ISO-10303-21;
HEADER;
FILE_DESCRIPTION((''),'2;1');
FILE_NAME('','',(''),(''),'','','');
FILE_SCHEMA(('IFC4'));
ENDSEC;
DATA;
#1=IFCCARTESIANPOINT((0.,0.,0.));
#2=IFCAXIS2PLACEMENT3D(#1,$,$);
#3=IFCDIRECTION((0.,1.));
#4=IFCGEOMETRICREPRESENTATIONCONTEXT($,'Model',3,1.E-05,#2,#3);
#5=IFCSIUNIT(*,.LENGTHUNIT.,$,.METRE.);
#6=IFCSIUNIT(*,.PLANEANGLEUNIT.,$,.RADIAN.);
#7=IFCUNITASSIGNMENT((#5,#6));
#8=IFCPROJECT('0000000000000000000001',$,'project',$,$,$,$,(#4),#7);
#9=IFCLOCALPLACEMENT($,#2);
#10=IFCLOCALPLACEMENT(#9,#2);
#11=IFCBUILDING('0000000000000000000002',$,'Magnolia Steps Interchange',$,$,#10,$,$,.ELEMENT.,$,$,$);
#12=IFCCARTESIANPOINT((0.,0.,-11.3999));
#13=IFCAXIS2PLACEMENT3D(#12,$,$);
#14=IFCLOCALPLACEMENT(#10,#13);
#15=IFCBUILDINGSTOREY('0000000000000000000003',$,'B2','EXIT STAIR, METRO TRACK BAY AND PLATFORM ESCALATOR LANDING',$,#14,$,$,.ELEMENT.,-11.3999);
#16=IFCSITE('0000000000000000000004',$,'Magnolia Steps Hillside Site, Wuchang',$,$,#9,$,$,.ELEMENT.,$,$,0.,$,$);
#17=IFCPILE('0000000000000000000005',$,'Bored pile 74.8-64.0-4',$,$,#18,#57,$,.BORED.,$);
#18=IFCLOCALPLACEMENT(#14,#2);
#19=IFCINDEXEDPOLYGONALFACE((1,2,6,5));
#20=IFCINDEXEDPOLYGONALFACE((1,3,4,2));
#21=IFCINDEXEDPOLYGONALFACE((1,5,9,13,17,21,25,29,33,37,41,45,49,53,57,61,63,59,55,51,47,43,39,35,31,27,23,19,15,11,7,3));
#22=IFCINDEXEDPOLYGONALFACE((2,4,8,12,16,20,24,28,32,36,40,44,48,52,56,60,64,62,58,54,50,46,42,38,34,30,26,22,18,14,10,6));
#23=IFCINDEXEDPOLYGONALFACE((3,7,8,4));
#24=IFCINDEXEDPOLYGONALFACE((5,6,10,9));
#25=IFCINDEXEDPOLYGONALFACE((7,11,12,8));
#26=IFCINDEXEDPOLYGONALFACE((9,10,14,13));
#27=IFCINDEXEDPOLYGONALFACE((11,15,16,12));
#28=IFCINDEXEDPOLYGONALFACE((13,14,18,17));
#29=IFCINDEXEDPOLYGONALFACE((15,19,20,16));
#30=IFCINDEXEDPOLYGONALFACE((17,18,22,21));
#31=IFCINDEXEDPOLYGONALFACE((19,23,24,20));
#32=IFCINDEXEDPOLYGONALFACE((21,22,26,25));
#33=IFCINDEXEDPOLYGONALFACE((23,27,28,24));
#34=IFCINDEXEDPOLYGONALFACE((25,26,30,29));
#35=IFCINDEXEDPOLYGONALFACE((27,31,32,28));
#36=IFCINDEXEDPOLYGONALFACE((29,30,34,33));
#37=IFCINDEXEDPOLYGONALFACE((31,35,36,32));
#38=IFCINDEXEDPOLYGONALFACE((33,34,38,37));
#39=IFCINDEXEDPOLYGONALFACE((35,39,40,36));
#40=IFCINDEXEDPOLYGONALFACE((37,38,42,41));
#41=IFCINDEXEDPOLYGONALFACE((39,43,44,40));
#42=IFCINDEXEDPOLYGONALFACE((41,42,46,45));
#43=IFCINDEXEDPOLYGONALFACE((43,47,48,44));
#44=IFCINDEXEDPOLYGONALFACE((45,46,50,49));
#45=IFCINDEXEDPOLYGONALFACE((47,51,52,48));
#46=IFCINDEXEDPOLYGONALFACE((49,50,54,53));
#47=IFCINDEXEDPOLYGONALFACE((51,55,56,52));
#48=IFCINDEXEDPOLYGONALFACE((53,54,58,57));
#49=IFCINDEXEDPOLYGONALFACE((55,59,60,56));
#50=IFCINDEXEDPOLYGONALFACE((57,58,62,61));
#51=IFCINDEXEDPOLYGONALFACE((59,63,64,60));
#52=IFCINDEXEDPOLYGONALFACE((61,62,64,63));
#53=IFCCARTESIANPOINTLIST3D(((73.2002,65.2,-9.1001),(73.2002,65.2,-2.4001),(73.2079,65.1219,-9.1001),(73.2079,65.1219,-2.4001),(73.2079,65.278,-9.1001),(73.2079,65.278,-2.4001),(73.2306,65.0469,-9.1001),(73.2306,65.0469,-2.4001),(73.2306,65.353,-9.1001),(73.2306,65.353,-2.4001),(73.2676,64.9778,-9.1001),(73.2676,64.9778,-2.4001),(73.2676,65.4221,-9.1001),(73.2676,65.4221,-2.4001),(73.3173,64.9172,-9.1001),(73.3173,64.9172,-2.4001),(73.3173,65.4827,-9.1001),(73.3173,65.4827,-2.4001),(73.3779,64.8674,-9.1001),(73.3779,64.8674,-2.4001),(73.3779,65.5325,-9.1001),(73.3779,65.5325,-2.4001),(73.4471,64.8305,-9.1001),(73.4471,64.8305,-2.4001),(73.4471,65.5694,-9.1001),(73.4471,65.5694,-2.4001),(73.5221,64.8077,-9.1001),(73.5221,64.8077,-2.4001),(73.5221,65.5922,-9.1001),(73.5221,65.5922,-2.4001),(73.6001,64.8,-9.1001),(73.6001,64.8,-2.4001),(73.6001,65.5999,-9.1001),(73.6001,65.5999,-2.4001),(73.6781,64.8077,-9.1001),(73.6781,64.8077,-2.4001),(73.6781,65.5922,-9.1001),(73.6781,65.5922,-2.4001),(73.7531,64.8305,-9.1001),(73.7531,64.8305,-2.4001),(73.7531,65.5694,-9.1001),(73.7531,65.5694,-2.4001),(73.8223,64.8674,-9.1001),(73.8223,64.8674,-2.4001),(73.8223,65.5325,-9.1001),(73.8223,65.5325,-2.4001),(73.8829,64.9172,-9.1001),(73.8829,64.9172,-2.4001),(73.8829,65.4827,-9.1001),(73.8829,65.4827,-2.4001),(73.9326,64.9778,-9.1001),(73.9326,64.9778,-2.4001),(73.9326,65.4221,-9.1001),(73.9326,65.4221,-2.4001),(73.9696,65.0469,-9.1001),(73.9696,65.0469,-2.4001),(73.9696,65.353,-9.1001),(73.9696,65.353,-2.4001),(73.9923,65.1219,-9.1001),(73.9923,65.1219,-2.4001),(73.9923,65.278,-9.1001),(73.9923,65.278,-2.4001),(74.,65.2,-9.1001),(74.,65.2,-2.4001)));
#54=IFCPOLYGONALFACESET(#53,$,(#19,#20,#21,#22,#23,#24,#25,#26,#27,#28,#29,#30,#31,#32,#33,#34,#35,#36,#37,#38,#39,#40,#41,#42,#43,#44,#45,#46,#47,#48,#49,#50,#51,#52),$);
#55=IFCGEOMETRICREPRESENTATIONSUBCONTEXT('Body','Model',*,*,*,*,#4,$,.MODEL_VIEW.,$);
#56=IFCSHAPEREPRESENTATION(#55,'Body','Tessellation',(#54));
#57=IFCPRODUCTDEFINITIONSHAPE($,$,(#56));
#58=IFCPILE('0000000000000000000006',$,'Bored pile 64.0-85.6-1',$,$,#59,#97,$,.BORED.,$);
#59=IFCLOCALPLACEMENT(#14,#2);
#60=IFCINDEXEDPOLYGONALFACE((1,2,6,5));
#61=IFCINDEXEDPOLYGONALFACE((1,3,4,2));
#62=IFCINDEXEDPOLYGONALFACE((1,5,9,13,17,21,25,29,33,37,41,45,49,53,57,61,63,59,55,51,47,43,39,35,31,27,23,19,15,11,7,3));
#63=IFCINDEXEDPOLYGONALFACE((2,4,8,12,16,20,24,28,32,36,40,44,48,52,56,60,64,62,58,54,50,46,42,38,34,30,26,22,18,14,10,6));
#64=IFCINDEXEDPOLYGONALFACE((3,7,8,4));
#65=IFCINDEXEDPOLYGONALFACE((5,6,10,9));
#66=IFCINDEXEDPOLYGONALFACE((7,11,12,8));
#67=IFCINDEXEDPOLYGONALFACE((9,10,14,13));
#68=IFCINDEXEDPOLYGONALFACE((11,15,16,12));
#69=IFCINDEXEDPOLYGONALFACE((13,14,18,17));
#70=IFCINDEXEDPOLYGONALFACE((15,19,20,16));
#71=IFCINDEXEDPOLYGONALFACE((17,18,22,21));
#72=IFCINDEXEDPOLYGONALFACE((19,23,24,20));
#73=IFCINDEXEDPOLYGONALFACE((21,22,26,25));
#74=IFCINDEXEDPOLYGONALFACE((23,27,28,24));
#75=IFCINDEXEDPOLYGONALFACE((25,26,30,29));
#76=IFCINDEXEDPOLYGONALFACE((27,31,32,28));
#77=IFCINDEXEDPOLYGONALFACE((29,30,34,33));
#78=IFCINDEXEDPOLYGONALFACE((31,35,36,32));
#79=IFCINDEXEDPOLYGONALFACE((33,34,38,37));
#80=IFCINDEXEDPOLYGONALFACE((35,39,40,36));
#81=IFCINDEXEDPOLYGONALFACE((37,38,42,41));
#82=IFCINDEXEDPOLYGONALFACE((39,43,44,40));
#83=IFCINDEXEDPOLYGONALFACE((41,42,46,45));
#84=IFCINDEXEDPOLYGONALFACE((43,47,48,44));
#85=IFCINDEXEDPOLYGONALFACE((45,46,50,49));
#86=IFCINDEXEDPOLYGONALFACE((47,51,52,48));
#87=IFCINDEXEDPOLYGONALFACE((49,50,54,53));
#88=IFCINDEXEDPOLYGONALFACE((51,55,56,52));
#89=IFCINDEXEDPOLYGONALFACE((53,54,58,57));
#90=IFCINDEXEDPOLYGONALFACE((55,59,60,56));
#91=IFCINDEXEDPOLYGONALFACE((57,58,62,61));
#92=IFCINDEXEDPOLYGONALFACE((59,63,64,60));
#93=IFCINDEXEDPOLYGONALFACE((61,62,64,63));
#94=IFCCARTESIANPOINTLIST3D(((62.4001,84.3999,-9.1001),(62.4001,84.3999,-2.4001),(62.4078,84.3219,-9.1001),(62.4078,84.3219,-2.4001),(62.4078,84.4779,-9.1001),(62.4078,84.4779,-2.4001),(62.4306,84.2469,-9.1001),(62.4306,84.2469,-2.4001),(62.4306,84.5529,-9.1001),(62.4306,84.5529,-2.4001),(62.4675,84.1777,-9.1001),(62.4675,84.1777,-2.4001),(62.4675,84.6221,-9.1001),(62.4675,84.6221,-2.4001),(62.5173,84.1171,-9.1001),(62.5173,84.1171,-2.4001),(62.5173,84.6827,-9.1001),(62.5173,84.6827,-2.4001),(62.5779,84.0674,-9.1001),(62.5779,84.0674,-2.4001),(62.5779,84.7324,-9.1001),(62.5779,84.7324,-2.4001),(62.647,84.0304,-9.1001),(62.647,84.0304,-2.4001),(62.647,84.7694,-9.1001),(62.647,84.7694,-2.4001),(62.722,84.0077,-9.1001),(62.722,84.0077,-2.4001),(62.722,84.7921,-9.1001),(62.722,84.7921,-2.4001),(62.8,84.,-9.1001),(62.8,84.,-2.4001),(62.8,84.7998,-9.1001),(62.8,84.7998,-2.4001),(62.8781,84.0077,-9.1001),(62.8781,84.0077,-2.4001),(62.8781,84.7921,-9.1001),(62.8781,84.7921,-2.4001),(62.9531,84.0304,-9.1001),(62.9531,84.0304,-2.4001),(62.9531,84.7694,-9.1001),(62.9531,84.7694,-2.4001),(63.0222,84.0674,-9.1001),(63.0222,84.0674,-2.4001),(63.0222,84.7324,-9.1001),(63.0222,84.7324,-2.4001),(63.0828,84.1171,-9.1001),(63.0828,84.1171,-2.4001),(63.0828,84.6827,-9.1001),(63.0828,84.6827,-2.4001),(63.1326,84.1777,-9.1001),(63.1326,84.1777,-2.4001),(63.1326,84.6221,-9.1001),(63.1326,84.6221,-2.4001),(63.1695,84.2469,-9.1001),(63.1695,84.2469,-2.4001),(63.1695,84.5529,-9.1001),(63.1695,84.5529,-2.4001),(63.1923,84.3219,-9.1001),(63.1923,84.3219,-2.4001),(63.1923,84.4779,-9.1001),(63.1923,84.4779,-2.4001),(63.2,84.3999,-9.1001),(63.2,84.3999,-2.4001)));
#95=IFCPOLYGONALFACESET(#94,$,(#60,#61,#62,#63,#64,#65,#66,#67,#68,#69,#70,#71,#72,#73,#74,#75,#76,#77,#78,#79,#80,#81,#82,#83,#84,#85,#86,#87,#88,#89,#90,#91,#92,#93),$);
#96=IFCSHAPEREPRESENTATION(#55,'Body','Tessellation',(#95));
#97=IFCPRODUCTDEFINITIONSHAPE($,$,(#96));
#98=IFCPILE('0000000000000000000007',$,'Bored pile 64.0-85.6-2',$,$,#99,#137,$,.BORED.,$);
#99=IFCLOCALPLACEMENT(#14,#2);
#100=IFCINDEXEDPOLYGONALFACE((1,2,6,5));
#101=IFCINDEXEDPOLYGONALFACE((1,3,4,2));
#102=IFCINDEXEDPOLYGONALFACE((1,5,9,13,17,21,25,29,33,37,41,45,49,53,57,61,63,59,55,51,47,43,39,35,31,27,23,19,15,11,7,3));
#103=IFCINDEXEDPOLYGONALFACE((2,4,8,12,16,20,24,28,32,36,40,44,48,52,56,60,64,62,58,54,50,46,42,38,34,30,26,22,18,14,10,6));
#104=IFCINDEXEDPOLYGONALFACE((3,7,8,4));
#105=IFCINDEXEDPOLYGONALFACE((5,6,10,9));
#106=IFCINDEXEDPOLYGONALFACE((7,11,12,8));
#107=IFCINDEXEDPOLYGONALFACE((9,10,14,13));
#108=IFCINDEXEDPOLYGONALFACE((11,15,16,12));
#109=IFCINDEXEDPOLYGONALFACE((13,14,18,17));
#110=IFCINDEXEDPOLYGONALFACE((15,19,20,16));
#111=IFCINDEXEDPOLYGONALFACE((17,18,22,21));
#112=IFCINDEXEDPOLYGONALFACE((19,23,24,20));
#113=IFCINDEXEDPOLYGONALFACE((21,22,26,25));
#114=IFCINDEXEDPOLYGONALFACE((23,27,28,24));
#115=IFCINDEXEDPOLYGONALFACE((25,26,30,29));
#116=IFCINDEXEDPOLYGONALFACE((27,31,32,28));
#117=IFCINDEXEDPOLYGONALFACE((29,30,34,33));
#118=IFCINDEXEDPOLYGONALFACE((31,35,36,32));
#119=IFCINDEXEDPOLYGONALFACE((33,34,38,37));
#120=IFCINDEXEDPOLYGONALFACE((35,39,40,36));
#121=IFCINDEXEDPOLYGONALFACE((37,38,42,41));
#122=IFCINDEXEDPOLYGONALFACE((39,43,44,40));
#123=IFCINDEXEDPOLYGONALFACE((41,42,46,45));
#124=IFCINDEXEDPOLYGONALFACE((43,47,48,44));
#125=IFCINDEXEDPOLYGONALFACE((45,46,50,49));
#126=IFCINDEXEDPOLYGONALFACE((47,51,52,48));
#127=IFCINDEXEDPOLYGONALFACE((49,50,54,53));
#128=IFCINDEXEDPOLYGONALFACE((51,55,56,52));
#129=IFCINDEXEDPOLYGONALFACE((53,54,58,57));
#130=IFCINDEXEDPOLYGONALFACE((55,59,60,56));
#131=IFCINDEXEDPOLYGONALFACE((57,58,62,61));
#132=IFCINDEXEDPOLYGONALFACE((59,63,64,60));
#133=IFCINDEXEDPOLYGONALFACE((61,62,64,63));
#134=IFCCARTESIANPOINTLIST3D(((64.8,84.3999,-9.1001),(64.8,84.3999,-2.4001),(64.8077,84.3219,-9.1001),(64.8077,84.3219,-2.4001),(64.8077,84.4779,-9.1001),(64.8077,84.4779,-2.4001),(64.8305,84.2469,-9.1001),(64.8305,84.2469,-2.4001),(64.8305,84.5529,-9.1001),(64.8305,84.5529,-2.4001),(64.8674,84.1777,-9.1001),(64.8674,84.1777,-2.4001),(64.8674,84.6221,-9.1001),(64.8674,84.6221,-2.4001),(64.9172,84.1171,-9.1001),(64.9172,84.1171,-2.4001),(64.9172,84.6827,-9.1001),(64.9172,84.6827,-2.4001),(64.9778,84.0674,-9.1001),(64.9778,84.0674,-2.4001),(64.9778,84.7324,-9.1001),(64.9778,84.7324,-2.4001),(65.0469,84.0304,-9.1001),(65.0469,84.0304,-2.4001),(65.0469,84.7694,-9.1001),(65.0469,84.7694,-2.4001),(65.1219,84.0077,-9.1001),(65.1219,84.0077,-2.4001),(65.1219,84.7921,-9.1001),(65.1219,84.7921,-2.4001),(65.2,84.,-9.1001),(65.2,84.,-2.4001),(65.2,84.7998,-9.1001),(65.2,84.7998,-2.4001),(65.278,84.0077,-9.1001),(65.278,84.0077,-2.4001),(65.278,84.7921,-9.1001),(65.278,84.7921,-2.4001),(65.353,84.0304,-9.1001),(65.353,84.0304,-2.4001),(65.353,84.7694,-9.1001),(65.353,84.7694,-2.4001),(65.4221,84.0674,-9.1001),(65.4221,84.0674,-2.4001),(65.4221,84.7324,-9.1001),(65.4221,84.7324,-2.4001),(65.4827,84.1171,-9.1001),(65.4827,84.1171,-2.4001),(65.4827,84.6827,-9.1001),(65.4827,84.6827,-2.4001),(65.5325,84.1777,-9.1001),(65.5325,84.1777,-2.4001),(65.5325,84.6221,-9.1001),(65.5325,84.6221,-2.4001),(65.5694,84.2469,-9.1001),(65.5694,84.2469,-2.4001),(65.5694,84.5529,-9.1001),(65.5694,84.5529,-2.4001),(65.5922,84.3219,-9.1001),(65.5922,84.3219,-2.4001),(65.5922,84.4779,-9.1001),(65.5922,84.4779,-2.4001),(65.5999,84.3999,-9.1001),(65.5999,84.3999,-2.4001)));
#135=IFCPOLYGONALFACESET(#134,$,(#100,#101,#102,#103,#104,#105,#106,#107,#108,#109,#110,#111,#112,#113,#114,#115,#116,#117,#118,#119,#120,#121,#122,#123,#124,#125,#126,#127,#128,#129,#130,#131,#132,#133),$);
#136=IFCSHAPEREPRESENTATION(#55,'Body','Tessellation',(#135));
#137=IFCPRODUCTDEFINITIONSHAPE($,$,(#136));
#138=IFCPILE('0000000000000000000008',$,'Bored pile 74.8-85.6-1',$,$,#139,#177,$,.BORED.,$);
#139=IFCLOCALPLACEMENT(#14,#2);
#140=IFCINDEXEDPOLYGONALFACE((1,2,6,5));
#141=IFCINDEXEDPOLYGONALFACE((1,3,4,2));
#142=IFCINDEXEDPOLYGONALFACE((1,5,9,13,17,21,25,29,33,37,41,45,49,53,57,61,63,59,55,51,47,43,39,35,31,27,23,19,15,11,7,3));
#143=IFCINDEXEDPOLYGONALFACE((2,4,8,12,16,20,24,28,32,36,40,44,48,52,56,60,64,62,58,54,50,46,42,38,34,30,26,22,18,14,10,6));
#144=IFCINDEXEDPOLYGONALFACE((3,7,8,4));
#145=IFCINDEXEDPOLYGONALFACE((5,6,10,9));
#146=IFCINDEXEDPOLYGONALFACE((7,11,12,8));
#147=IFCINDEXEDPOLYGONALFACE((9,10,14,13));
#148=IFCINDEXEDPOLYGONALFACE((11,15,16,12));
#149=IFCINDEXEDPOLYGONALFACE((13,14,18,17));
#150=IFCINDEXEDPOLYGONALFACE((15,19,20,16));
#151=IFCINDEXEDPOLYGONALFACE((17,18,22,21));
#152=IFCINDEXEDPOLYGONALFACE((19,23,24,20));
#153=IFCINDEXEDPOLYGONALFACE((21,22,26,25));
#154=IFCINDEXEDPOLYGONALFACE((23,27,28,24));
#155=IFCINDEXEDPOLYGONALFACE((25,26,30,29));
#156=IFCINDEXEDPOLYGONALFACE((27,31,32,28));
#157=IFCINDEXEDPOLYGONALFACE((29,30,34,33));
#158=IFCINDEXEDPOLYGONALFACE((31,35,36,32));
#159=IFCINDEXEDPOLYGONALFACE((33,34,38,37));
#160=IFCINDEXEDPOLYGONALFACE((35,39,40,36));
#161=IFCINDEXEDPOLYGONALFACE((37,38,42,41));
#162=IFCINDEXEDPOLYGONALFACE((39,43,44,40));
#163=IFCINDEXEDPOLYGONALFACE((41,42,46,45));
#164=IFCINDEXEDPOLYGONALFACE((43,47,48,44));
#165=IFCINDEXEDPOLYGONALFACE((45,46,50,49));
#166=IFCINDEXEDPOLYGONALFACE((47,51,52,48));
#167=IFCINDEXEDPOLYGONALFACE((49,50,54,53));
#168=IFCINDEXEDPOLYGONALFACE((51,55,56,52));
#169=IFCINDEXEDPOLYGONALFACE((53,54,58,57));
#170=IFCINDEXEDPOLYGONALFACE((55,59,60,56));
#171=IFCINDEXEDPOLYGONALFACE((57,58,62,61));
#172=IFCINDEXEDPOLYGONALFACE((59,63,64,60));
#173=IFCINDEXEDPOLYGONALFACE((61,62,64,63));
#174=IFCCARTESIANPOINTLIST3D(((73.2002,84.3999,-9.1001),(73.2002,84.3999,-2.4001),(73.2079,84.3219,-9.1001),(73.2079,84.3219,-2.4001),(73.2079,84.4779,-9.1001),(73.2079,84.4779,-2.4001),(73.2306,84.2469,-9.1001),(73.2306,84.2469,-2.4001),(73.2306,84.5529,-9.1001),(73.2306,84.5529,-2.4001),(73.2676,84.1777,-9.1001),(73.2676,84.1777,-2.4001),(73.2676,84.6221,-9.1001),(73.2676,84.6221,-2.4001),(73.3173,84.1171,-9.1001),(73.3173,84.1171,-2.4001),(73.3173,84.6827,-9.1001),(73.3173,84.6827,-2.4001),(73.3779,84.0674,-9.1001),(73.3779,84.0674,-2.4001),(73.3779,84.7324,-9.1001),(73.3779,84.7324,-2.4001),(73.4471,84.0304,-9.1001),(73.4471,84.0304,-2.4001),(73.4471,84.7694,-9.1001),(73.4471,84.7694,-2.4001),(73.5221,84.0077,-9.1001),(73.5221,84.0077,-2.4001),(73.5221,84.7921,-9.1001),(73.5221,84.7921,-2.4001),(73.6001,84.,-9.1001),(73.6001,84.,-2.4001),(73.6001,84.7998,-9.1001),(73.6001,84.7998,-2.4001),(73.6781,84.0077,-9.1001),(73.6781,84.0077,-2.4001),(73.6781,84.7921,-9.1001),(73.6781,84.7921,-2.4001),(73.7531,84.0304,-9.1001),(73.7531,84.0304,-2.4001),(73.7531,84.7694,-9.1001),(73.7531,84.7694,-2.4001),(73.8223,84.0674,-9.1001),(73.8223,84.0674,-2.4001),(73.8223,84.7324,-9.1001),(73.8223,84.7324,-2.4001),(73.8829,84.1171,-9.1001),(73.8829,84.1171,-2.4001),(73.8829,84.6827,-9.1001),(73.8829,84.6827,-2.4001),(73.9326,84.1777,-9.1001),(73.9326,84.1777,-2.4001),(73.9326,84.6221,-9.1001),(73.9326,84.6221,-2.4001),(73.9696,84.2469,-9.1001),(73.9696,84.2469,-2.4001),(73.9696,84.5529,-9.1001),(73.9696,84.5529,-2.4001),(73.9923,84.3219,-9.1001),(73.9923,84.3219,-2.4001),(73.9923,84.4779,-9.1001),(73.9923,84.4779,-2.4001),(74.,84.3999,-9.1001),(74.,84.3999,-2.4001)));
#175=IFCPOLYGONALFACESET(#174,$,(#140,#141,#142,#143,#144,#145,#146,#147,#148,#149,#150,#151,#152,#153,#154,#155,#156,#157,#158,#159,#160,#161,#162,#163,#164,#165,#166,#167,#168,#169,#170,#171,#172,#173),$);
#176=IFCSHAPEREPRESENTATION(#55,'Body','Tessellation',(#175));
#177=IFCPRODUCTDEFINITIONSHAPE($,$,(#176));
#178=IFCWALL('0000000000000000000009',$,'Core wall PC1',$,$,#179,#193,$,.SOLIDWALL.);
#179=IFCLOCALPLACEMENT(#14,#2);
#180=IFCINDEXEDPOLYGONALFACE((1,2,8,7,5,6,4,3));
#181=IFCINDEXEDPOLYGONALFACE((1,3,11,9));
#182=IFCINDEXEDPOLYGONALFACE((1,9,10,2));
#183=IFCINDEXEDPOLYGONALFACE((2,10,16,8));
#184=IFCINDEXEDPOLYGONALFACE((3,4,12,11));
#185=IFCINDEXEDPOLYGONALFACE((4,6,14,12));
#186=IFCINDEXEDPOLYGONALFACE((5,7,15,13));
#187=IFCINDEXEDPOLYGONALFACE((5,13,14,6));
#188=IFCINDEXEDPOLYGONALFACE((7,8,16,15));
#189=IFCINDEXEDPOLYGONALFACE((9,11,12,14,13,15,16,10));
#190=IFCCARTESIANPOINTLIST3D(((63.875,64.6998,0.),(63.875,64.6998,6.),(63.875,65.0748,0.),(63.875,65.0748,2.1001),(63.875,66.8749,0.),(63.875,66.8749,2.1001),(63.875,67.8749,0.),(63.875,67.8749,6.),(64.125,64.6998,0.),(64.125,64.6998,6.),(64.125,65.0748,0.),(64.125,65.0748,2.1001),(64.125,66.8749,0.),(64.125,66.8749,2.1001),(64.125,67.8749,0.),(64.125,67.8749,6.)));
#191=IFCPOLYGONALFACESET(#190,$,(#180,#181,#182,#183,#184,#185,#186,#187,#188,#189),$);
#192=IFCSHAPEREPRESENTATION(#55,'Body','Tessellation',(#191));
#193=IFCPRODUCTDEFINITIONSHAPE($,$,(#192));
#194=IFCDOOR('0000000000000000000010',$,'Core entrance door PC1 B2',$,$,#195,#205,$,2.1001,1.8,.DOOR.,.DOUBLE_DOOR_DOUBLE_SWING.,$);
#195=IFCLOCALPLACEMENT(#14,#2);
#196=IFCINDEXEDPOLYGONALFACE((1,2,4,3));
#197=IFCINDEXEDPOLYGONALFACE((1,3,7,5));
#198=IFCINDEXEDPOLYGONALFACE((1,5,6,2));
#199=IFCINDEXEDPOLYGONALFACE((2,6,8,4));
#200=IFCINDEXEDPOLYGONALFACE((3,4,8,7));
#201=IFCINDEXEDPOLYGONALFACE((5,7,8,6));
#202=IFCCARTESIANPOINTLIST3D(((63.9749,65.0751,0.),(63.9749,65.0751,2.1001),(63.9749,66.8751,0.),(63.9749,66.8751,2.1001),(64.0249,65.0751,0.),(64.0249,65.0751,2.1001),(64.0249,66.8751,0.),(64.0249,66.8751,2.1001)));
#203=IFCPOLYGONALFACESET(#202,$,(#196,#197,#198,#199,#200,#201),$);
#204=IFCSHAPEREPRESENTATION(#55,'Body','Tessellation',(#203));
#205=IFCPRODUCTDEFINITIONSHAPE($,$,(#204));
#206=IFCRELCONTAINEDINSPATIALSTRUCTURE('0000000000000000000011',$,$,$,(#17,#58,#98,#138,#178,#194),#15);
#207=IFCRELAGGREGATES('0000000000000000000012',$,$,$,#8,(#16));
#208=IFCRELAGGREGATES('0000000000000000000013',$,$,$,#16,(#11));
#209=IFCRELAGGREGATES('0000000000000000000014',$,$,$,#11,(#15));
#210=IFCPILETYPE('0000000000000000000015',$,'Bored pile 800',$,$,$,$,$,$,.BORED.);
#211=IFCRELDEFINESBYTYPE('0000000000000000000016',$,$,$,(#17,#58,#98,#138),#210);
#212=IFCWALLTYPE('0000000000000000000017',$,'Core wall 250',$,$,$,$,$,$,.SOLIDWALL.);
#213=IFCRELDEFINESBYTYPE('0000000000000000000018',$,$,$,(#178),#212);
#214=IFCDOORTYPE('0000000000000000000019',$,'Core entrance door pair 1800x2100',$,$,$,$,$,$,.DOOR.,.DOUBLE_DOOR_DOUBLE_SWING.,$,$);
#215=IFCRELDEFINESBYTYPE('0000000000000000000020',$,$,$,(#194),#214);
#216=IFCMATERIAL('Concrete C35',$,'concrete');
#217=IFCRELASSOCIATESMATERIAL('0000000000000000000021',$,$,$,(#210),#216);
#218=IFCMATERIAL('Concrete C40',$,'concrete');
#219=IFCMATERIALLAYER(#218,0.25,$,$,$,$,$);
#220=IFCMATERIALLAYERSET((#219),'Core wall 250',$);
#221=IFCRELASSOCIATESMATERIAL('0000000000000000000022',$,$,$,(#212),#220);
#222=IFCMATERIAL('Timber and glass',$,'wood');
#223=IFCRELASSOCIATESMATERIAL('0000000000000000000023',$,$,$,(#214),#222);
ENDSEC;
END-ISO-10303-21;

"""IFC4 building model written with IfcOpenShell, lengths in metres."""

from ifc_helpers import new_model, si_unit, direction, frame, frame_2d, origin, origin_2d, place, context, subcontext, project, spatial, rectangle, circle, extrude, material, layer, layer_set, material_profile, profile_set, type_object, element, fill, save


model = new_model("IFC4")

# Units and contexts
model_context = context("Model", 3, precision=1e-05, world=origin(), true_north=direction((0.0, 1.0)))
body_context = subcontext(model_context, "Body", "Model", "MODEL_VIEW")
ifc_project = project(units=[si_unit("LENGTHUNIT", "METRE"), si_unit("PLANEANGLEUNIT", "RADIAN")], contexts=[model_context])

# Site, building, storey
site_placement = place(None, origin())
site = spatial("IfcSite", under=ifc_project, at=site_placement, Name="Magnolia Steps Hillside Site, Wuchang", CompositionType="ELEMENT", RefElevation=0.0)
building_placement = place(site_placement, origin())
building = spatial("IfcBuilding", under=site, at=building_placement, Name="Magnolia Steps Interchange", CompositionType="ELEMENT")
storey_placement = place(building_placement, frame((0.0, 0.0, -11.3999)))
storey = spatial("IfcBuildingStorey", under=building, at=storey_placement, Name="B2", Description="EXIT STAIR, METRO TRACK BAY AND PLATFORM ESCALATOR LANDING", CompositionType="ELEMENT", Elevation=-11.3999)

# Piles
ifc_material_1 = material(Name="Concrete C35", Category="concrete")
ifc_material_profile_1 = material_profile(ifc_material_1, circle(Radius=0.3999, at=origin_2d()), Name="Bored pile 800")
ifc_profile_set_1 = profile_set([ifc_material_profile_1], Name="Concrete C35")
pile_type_1 = type_object("IfcPileType", Name="Bored pile 800", PredefinedType="BORED", material=ifc_profile_set_1)
for number, where, z_axis, x_axis, name in (
    (1, (73.6001, 65.2, -2.4001), (0.0, 0.0, -1.0), (1.0, 0.0, 0.0), "Bored pile 74.8-64.0-4"),
    (2, (62.8, 84.3999, -2.4001), (0.0, 0.0, -1.0), (1.0, 0.0, 0.0), "Bored pile 64.0-85.6-1"),
    (3, (65.2, 84.3999, -2.4001), (0.0, 0.0, -1.0), (1.0, 0.0, 0.0), "Bored pile 64.0-85.6-2"),
    (4, (73.6001, 84.3999, -2.4001), (0.0, 0.0, -1.0), (1.0, 0.0, 0.0), "Bored pile 74.8-85.6-1"),
):
    element("IfcPile", number, at=place(storey_placement, frame(where, z_axis=z_axis, x_axis=x_axis)), inside=storey, type_object=pile_type_1, Name=name, PredefinedType="BORED", context=body_context, shape_type="SweptSolid", body=[
        extrude(circle(Radius=0.3999, at=origin_2d()), origin(), (0.0, 0.0, 1.0), 6.7),
    ])

# Wall, opening, door
ifc_material_2 = material(Name="Concrete C40", Category="concrete")
ifc_layer_1 = layer(ifc_material_2, 0.25)
ifc_layer_set_1 = layer_set([ifc_layer_1], Name="Core wall 250")
wall_type_1 = type_object("IfcWallType", Name="Core wall 250", PredefinedType="SOLIDWALL", material=ifc_layer_set_1)
wall_1_placement = place(storey_placement, frame((64.0, 64.7, 0.0), z_axis=(0.0, 0.0, 1.0), x_axis=(0.0, 1.0, 0.0)))
wall_1 = element("IfcWall", 5, at=wall_1_placement, inside=storey, type_object=wall_type_1, Name="Core wall PC1", PredefinedType="SOLIDWALL", context=body_context, shape_type="SweptSolid", body=[
    extrude(rectangle(XDim=3.175, YDim=0.25, at=frame_2d((1.5874, 0.0))), origin(), (0.0, 0.0, 1.0), 6.0),
])
opening_1_placement = place(wall_1_placement, frame((0.375, 0.0, 0.0)))
opening_1 = element("IfcOpeningElement", 6, at=opening_1_placement, cuts=wall_1, PredefinedType="OPENING", context=body_context, shape_type="SweptSolid", body=[
    extrude(rectangle(XDim=1.8, YDim=2.1001, at=frame_2d((0.8999, 1.05))), frame((0.0, 0.135, 0.0), z_axis=(0.0, -1.0, 0.0), x_axis=(1.0, 0.0, 0.0)), (0.0, 0.0, 1.0), 0.27),
])
ifc_material_3 = material(Name="Timber and glass", Category="wood")
door_type_1 = type_object("IfcDoorType", Name="Core entrance door pair 1800x2100", OperationType="DOUBLE_DOOR_DOUBLE_SWING", PredefinedType="DOOR", material=ifc_material_3)
door_1_placement = place(opening_1_placement, frame((1.8, 0.0, 0.0), z_axis=(0.0, 0.0, 1.0), x_axis=(-1.0, 0.0, 0.0)))
door_1 = element("IfcDoor", 7, at=door_1_placement, inside=storey, type_object=door_type_1, Name="Core entrance door PC1 B2", OperationType="DOUBLE_DOOR_DOUBLE_SWING", OverallHeight=2.1001, OverallWidth=1.8, PredefinedType="DOOR", context=body_context, shape_type="SweptSolid", body=[
    extrude(rectangle(XDim=1.8, YDim=2.1001, at=frame_2d((0.8999, 1.05))), frame((0.0, 0.0249, 0.0), z_axis=(0.0, -1.0, 0.0), x_axis=(1.0, 0.0, 0.0)), (0.0, 0.0, 1.0), 0.05),
])
fill(opening_1, door_1)

save(model, "model.ifc")
